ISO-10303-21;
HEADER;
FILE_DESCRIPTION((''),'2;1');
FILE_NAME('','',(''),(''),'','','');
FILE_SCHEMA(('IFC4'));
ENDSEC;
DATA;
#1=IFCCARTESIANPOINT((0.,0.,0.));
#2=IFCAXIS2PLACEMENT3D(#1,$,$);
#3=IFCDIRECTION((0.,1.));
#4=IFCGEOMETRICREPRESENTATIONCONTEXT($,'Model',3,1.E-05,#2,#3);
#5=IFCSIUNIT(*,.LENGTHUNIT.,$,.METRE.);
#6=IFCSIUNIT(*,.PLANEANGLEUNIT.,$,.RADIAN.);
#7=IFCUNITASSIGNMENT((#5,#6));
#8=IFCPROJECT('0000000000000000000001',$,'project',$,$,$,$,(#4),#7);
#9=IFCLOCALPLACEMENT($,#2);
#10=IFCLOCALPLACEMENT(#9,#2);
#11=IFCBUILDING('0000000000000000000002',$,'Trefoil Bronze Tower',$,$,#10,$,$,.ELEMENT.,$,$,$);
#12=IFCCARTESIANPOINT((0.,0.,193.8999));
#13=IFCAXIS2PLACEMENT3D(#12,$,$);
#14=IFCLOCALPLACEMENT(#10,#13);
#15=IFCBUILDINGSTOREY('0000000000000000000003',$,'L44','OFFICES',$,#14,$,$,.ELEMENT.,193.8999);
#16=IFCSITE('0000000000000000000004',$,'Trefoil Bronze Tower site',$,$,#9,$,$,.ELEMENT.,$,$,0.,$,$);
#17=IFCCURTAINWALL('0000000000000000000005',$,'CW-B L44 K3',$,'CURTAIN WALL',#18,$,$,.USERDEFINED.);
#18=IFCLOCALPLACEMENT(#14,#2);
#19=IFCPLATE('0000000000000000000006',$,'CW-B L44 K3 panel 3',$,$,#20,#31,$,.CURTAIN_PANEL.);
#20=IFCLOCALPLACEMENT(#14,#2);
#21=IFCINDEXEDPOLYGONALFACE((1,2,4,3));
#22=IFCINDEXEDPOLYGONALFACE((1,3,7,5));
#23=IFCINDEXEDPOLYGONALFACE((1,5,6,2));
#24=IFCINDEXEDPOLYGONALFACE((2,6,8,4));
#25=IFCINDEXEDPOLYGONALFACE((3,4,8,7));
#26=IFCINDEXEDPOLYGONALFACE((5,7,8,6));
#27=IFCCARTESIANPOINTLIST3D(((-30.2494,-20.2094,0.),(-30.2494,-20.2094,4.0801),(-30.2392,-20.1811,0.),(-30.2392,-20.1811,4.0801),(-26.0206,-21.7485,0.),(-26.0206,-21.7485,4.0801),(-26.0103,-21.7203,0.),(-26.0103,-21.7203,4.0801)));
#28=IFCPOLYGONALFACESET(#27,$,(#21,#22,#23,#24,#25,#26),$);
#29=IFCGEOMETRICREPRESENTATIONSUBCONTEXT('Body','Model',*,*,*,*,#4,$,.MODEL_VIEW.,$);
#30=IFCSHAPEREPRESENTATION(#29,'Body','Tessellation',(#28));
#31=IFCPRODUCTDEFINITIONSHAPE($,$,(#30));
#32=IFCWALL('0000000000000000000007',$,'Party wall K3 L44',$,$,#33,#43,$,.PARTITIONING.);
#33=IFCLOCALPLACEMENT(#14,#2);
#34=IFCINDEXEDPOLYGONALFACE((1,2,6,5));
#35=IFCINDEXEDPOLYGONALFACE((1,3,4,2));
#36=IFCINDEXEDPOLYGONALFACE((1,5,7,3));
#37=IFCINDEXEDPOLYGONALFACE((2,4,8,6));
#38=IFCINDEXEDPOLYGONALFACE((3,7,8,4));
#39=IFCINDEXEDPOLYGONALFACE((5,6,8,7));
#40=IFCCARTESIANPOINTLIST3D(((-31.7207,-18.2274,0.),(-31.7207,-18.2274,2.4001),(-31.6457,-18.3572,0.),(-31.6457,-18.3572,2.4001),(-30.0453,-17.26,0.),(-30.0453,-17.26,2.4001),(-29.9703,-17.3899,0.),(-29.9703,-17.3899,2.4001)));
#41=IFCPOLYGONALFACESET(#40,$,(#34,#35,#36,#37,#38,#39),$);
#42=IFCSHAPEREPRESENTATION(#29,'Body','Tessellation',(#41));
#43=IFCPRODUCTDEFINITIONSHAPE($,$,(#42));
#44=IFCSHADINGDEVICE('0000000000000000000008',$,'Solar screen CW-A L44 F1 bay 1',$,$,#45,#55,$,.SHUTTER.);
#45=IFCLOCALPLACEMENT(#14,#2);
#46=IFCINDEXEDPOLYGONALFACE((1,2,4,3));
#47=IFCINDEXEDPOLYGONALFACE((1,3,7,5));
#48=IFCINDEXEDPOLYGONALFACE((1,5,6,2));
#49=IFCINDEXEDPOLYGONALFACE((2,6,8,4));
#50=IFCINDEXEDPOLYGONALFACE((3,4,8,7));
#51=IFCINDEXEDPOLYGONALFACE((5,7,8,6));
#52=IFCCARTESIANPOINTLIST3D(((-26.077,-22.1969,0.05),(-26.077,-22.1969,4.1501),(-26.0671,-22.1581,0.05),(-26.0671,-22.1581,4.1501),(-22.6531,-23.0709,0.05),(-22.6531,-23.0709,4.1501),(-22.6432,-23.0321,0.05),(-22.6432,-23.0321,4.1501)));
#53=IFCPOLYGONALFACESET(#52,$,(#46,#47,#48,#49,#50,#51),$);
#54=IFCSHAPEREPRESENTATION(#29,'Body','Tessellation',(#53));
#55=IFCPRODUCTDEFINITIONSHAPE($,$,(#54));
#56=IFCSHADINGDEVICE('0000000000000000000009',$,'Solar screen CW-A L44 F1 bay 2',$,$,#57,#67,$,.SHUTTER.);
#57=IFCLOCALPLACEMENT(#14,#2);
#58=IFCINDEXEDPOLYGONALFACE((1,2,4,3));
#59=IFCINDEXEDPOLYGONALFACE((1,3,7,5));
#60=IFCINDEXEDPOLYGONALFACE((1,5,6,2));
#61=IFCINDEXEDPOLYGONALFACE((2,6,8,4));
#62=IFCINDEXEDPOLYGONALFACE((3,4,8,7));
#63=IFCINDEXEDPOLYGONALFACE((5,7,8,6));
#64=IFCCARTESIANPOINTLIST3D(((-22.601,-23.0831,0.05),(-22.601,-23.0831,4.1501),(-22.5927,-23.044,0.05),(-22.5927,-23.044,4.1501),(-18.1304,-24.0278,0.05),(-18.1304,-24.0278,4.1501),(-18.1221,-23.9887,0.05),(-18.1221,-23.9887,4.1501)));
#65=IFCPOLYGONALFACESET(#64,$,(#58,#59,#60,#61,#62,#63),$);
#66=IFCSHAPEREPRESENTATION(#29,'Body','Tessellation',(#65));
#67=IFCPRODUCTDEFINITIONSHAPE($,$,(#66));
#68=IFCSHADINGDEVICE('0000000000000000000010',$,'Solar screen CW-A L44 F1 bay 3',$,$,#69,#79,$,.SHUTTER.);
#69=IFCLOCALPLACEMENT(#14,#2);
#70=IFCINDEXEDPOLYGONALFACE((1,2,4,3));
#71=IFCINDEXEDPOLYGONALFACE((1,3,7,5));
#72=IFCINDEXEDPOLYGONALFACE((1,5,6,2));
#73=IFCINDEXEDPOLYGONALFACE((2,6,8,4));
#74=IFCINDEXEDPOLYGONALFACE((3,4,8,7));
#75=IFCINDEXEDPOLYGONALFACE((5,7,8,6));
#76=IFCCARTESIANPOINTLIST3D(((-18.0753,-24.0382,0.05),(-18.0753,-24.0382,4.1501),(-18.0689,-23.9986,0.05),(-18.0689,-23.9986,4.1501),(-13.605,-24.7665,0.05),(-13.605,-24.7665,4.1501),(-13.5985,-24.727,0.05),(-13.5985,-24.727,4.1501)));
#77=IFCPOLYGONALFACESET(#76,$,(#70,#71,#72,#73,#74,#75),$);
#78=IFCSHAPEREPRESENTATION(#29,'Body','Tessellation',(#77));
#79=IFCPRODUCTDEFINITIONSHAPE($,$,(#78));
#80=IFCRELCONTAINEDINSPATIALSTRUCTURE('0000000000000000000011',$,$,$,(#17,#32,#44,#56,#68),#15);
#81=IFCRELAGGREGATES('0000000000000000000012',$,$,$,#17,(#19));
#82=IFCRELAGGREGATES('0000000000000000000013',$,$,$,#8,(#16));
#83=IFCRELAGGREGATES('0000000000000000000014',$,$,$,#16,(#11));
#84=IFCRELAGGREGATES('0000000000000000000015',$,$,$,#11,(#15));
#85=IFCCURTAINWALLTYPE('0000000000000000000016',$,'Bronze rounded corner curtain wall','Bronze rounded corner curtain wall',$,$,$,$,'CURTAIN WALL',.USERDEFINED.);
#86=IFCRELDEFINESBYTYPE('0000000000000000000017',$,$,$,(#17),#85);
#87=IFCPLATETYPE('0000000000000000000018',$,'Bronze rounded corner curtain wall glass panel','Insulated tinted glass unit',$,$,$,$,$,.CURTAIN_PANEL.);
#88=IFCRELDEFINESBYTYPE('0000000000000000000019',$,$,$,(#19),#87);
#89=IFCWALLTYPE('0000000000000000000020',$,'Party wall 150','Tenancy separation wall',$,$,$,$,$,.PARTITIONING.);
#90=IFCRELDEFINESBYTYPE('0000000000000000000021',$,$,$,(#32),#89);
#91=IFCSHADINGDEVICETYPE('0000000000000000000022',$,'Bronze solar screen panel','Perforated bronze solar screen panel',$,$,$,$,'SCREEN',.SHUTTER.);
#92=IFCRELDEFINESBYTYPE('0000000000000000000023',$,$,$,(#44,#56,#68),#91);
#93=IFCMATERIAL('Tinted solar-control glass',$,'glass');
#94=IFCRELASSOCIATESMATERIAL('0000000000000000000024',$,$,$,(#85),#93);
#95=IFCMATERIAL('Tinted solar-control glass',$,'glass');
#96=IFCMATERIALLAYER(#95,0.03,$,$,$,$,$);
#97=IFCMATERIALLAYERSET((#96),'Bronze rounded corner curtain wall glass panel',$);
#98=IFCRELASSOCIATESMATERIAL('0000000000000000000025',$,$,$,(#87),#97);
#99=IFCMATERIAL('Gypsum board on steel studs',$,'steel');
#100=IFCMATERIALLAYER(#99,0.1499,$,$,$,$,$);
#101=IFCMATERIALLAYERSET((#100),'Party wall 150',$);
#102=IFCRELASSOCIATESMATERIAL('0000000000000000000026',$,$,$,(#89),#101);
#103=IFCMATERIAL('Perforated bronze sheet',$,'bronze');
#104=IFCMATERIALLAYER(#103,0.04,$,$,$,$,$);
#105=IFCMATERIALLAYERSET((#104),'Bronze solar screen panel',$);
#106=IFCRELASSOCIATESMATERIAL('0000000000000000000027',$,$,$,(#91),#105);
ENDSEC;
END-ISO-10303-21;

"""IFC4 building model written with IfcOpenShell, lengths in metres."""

from ifc_helpers import new_model, si_unit, direction, frame, frame_2d, origin, origin_2d, place, context, subcontext, project, spatial, rectangle, extrude, material, layer, layer_set, type_object, element, aggregate, save


model = new_model("IFC4")

# Units and contexts
model_context = context("Model", 3, precision=1e-05, world=origin(), true_north=direction((0.0, 1.0)))
body_context = subcontext(model_context, "Body", "Model", "MODEL_VIEW")
ifc_project = project(units=[si_unit("LENGTHUNIT", "METRE"), si_unit("PLANEANGLEUNIT", "RADIAN")], contexts=[model_context])

# Site, building, storey
site_placement = place(None, origin())
site = spatial("IfcSite", under=ifc_project, at=site_placement, Name="Trefoil Bronze Tower site", CompositionType="ELEMENT", RefElevation=0.0)
building_placement = place(site_placement, origin())
building = spatial("IfcBuilding", under=site, at=building_placement, Name="Trefoil Bronze Tower", CompositionType="ELEMENT")
storey_placement = place(building_placement, frame((0.0, 0.0, 193.8999)))
storey = spatial("IfcBuildingStorey", under=building, at=storey_placement, Name="L44", Description="OFFICES", CompositionType="ELEMENT", Elevation=193.8999)

# Curtain wall
ifc_material_1 = material(Name="Tinted solar-control glass", Category="glass")
curtain_wall_type_1 = type_object("IfcCurtainWallType", Name="Bronze rounded corner curtain wall", Description="Bronze rounded corner curtain wall", ElementType="CURTAIN WALL", PredefinedType="USERDEFINED", material=ifc_material_1)
curtain_wall_1_placement = place(storey_placement, origin())
curtain_wall_1 = element("IfcCurtainWall", 1, at=curtain_wall_1_placement, inside=storey, type_object=curtain_wall_type_1, Name="CW-B L44 K3", ObjectType="CURTAIN WALL", PredefinedType="USERDEFINED")

# Plate
ifc_material_2 = material(Name="Tinted solar-control glass", Category="glass")
ifc_layer_1 = layer(ifc_material_2, 0.03)
ifc_layer_set_1 = layer_set([ifc_layer_1], Name="Bronze rounded corner curtain wall glass panel")
plate_type_1 = type_object("IfcPlateType", Name="Bronze rounded corner curtain wall glass panel", Description="Insulated tinted glass unit", PredefinedType="CURTAIN_PANEL", material=ifc_layer_set_1)
plate_1_placement = place(storey_placement, frame((-28.1299, -20.9648, 0.0), z_axis=(0.0, 0.0, 1.0), x_axis=(0.939693, -0.34202, 0.0)))
plate_1 = element("IfcPlate", 2, at=plate_1_placement, type_object=plate_type_1, Name="CW-B L44 K3 panel 3", PredefinedType="CURTAIN_PANEL", context=body_context, shape_type="SweptSolid", body=[
    extrude(rectangle(XDim=4.5002, YDim=0.03, at=origin_2d()), origin(), (0.0, 0.0, 1.0), 4.0801),
])
aggregate(curtain_wall_1, [plate_1])

# Wall
ifc_material_3 = material(Name="Gypsum board on steel studs", Category="steel")
ifc_layer_2 = layer(ifc_material_3, 0.1499)
ifc_layer_set_2 = layer_set([ifc_layer_2], Name="Party wall 150")
wall_type = type_object("IfcWallType", Name="Party wall 150", Description="Tenancy separation wall", PredefinedType="PARTITIONING", material=ifc_layer_set_2)
wall_placement = place(storey_placement, frame((-30.0078, -17.325, 0.0), z_axis=(0.0, 0.0, 1.0), x_axis=(-0.866013, -0.500021, 0.0)))
element("IfcWall", 3, at=wall_placement, inside=storey, type_object=wall_type, Name="Party wall K3 L44", PredefinedType="PARTITIONING", context=body_context, shape_type="SweptSolid", body=[
    extrude(rectangle(XDim=1.9346, YDim=0.1499, at=frame_2d((0.9673, 0.0))), origin(), (0.0, 0.0, 1.0), 2.4001),
])

# Shading devices
ifc_material_4 = material(Name="Perforated bronze sheet", Category="bronze")
ifc_layer_3 = layer(ifc_material_4, 0.04)
ifc_layer_set_3 = layer_set([ifc_layer_3], Name="Bronze solar screen panel")
shading_device_type = type_object("IfcShadingDeviceType", Name="Bronze solar screen panel", Description="Perforated bronze solar screen panel", ElementType="SCREEN", PredefinedType="SHUTTER", material=ifc_layer_set_3)
shading_device_1_placement = place(storey_placement, frame((-24.3601, -22.6145, 0.05), z_axis=(0.0, 0.0, 1.0), x_axis=(0.968934, -0.247319, 0.0)))
element("IfcShadingDevice", 4, at=shading_device_1_placement, inside=storey, type_object=shading_device_type, Name="Solar screen CW-A L44 F1 bay 1", PredefinedType="SHUTTER", context=body_context, shape_type="SweptSolid", body=[
    extrude(rectangle(XDim=3.5337, YDim=0.04, at=origin_2d()), origin(), (0.0, 0.0, 1.0), 4.1001),
])
shading_device_2_placement = place(storey_placement, frame((-20.3616, -23.5359, 0.05), z_axis=(0.0, 0.0, 1.0), x_axis=(0.978394, -0.206747, 0.0)))
element("IfcShadingDevice", 5, at=shading_device_2_placement, inside=storey, type_object=shading_device_type, Name="Solar screen CW-A L44 F1 bay 2", PredefinedType="SHUTTER", context=body_context, shape_type="SweptSolid", body=[
    extrude(rectangle(XDim=4.5693, YDim=0.04, at=origin_2d()), origin(), (0.0, 0.0, 1.0), 4.1001),
])
shading_device_3_placement = place(storey_placement, frame((-15.8369, -24.3826, 0.05), z_axis=(0.0, 0.0, 1.0), x_axis=(0.986987, -0.160803, 0.0)))
element("IfcShadingDevice", 6, at=shading_device_3_placement, inside=storey, type_object=shading_device_type, Name="Solar screen CW-A L44 F1 bay 3", PredefinedType="SHUTTER", context=body_context, shape_type="SweptSolid", body=[
    extrude(rectangle(XDim=4.5293, YDim=0.04, at=origin_2d()), origin(), (0.0, 0.0, 1.0), 4.1001),
])

save(model, "model.ifc")
